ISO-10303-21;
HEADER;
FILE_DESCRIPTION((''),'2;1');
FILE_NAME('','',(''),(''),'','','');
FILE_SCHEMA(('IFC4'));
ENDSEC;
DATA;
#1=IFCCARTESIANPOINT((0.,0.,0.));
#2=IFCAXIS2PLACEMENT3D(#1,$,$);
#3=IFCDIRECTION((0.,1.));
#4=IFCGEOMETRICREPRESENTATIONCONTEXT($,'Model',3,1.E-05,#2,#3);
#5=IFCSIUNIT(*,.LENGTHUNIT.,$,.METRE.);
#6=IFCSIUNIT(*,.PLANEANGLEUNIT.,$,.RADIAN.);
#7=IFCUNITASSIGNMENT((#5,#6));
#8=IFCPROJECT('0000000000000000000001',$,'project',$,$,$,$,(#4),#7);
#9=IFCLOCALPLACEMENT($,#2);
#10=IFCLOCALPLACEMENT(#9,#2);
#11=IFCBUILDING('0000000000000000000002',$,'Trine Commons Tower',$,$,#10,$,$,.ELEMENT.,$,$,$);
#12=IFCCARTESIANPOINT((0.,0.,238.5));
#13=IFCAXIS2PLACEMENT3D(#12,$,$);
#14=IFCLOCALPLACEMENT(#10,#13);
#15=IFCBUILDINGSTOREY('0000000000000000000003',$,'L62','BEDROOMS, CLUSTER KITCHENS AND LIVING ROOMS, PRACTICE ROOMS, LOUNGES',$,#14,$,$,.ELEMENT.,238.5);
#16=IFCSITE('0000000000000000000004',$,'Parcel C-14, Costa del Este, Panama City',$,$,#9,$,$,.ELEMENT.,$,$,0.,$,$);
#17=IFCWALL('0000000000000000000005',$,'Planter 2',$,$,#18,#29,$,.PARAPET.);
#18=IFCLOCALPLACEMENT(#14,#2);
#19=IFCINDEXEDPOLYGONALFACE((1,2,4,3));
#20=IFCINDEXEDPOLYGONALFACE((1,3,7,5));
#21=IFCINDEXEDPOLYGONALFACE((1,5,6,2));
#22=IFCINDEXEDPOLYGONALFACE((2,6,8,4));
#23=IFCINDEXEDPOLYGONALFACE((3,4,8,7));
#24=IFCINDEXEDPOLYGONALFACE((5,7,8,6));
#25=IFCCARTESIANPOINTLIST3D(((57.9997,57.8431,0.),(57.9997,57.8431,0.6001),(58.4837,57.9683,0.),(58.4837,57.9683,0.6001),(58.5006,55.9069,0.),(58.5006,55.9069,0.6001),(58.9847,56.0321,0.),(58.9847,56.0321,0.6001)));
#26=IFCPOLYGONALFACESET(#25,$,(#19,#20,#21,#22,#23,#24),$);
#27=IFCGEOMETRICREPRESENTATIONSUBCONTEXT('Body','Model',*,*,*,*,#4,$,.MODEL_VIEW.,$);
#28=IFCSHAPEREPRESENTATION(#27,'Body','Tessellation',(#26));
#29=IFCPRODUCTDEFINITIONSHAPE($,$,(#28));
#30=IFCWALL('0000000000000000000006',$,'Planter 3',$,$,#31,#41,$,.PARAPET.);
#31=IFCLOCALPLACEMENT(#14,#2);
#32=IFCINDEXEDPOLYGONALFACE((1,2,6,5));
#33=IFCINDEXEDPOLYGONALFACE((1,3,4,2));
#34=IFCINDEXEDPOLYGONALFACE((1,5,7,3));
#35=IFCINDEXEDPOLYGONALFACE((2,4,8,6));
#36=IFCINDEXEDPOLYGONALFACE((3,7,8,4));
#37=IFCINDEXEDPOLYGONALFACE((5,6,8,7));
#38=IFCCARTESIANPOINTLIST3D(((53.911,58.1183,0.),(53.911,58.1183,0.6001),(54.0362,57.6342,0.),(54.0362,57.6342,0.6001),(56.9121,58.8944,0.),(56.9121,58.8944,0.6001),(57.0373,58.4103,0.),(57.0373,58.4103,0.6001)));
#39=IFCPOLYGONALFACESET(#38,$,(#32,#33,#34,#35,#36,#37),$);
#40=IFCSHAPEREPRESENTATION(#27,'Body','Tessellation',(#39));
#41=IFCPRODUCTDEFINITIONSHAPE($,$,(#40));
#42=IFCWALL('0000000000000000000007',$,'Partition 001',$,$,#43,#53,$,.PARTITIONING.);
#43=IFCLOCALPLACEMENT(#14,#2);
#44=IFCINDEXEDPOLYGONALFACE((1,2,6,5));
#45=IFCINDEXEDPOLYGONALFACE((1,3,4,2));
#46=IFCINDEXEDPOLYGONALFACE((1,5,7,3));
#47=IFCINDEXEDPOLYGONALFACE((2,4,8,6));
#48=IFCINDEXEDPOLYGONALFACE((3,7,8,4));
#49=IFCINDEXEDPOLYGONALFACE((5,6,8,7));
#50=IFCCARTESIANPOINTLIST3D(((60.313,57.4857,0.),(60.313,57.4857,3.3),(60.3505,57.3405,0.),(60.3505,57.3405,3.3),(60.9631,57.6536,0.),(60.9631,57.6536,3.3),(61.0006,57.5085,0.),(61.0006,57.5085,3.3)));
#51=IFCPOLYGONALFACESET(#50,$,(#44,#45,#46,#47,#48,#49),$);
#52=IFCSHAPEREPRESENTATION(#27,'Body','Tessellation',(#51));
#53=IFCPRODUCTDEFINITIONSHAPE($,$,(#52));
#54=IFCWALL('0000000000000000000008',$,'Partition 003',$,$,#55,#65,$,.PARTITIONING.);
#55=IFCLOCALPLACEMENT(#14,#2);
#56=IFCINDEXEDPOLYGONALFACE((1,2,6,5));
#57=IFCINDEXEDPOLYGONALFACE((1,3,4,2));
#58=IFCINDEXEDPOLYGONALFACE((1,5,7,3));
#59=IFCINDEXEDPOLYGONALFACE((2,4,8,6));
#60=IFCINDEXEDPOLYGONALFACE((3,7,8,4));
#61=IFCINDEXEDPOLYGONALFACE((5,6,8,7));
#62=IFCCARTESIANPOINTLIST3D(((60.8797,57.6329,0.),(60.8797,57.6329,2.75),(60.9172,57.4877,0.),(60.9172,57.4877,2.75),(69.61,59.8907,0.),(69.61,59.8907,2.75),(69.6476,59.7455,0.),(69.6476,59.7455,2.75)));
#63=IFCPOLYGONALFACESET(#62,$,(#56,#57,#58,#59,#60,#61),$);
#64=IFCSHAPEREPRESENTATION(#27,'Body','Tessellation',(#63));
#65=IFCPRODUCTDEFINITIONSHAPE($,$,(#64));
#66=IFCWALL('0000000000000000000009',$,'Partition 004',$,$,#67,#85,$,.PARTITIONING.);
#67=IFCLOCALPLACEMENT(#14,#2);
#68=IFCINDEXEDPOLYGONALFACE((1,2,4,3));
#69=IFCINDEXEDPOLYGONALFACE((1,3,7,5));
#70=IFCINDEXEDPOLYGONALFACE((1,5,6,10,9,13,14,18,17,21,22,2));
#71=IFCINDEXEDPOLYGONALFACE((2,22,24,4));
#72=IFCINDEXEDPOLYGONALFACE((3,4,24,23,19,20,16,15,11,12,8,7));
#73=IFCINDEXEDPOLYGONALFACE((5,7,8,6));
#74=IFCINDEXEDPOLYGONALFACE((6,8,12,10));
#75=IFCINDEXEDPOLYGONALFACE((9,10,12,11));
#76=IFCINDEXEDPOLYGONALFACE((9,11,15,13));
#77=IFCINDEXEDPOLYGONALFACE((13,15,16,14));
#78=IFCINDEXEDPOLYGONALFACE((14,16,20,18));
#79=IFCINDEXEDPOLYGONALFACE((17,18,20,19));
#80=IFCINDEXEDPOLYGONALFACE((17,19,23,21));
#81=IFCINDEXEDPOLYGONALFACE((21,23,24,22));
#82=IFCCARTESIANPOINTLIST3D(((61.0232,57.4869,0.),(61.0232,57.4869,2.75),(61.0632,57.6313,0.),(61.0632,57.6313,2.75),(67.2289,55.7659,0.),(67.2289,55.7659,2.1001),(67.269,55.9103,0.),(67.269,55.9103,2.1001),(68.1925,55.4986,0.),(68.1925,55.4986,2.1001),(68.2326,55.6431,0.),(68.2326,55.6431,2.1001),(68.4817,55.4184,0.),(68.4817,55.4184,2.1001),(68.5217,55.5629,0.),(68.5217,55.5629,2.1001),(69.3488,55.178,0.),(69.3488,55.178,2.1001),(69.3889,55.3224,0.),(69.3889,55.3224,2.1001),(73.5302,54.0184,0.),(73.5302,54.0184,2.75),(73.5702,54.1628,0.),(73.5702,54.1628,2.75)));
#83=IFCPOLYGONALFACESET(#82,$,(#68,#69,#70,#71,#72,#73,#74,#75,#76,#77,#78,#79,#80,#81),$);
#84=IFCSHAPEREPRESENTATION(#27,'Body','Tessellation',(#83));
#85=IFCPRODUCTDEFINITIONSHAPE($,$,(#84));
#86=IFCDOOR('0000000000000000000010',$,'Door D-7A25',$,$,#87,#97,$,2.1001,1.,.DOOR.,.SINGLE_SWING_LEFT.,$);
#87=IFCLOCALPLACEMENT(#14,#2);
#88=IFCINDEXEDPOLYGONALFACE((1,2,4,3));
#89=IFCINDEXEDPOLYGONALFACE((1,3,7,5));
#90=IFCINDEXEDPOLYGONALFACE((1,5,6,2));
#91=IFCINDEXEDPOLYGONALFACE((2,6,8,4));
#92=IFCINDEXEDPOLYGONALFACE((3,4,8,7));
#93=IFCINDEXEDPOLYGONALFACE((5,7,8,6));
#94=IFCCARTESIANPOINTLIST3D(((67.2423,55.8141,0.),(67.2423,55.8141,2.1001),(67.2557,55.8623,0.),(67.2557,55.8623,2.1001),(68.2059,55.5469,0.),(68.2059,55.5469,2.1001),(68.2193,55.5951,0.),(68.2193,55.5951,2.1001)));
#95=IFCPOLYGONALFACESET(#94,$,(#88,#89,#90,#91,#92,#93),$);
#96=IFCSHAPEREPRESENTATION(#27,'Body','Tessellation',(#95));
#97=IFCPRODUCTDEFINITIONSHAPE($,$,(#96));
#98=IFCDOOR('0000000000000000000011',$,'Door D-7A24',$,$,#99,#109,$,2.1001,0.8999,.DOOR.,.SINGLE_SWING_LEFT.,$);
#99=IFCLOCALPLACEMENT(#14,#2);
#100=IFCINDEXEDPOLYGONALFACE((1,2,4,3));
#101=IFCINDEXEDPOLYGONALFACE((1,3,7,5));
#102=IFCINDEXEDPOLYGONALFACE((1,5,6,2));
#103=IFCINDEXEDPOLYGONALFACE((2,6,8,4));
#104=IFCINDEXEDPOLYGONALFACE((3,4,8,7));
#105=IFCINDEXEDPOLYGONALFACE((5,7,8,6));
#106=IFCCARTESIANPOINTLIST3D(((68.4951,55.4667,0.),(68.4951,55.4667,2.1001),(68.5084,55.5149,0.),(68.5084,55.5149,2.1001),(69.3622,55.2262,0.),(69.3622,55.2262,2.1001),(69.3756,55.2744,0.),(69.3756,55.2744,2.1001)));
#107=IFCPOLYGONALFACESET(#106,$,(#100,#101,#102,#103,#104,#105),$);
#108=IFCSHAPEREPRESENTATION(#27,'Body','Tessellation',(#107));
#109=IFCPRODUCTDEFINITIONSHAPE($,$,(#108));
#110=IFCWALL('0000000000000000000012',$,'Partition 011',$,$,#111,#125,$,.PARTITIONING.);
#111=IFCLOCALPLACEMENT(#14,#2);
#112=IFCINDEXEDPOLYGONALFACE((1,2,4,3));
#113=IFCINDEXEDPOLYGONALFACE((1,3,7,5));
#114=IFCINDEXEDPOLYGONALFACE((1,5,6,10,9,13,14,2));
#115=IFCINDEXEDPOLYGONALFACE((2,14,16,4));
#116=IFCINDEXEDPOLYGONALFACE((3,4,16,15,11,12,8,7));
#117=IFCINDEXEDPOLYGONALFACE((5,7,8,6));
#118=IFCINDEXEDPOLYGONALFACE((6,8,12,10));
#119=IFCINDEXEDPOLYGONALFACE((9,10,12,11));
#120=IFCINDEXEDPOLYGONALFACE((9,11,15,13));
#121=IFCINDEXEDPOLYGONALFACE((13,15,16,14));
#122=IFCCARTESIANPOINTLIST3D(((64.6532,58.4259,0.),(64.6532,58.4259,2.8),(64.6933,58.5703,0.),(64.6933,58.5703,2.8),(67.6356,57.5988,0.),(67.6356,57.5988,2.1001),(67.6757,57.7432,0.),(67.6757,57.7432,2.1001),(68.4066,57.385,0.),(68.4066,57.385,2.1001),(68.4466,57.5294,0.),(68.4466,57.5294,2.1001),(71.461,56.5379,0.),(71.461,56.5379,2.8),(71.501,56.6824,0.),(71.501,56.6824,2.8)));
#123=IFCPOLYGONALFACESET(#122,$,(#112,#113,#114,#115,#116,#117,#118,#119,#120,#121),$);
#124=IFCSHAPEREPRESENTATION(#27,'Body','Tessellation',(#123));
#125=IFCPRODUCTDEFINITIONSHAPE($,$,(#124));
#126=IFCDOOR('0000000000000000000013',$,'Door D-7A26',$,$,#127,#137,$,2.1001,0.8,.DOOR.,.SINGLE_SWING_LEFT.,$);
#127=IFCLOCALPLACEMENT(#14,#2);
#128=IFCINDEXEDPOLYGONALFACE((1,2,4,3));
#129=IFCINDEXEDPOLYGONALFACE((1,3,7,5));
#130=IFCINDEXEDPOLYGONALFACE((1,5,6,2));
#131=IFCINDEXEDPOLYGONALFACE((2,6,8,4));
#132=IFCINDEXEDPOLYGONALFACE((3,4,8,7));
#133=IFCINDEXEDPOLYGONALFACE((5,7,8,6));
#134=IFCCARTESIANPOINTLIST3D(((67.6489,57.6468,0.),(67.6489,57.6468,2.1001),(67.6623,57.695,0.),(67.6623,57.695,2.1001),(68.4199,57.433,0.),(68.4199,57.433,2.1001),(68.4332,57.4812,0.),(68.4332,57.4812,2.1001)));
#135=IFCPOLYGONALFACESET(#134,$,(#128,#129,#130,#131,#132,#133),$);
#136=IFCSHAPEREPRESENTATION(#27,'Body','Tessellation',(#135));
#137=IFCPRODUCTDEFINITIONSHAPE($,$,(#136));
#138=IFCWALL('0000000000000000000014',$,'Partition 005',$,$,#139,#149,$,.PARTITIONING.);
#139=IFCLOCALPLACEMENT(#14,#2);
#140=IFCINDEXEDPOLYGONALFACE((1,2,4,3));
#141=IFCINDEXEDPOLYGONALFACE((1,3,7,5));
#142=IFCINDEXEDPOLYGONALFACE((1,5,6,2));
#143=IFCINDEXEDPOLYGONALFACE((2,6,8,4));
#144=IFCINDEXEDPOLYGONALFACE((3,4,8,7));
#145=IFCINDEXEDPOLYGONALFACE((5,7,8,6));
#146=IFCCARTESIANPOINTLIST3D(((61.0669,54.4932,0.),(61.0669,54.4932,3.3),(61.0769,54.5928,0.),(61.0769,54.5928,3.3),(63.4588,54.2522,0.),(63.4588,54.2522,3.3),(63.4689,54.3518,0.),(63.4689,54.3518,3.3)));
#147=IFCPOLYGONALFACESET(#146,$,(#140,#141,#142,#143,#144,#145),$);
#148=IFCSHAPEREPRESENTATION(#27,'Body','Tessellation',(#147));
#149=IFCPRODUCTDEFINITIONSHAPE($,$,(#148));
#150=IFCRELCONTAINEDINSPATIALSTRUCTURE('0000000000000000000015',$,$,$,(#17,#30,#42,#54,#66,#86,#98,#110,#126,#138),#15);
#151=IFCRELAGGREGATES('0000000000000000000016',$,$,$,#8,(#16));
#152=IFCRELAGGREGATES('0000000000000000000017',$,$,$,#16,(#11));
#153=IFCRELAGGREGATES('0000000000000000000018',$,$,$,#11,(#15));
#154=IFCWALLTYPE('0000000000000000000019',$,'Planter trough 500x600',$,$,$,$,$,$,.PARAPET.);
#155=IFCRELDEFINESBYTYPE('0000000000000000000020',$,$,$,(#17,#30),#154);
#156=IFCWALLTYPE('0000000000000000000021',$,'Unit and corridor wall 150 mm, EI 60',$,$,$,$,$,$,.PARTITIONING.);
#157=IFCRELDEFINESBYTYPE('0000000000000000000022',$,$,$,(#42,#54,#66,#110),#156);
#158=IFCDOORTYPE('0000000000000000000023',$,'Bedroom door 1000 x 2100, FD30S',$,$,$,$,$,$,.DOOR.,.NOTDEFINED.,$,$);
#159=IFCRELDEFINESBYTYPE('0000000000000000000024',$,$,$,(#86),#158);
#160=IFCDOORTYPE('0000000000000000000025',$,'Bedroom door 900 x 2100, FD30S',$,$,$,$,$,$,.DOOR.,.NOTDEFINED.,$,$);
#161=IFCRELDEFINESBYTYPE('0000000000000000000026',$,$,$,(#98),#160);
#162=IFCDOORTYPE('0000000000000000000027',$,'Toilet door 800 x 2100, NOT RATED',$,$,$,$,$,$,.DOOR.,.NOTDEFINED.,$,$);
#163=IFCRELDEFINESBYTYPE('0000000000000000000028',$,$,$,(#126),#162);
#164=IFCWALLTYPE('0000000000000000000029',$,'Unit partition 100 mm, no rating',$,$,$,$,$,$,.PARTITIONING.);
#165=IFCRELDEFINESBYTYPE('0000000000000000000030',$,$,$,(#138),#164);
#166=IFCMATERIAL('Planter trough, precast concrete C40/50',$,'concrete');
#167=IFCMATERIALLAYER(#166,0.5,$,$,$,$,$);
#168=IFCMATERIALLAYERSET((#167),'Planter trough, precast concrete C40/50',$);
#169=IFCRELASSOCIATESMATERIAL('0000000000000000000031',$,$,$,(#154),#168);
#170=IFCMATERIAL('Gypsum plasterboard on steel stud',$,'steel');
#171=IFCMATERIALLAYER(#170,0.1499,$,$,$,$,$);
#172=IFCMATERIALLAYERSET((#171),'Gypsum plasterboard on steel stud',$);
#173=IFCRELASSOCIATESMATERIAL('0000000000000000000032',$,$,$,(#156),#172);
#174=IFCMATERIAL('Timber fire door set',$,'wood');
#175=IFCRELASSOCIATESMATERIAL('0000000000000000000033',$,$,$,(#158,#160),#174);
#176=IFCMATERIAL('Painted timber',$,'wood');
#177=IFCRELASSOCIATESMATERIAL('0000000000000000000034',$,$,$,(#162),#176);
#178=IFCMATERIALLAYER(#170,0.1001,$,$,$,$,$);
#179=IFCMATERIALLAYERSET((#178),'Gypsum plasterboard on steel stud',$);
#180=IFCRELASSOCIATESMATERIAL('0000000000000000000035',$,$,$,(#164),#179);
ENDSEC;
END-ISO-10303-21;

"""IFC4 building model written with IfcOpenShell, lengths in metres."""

from ifc_helpers import new_model, si_unit, direction, frame, frame_2d, origin, place, context, subcontext, project, spatial, rectangle, extrude, material, layer, layer_set, type_object, element, fill, save


model = new_model("IFC4")

# Units and contexts
model_context = context("Model", 3, precision=1e-05, world=origin(), true_north=direction((0.0, 1.0)))
body_context = subcontext(model_context, "Body", "Model", "MODEL_VIEW")
ifc_project = project(units=[si_unit("LENGTHUNIT", "METRE"), si_unit("PLANEANGLEUNIT", "RADIAN")], contexts=[model_context])

# Site, building, storey
site_placement = place(None, origin())
site = spatial("IfcSite", under=ifc_project, at=site_placement, Name="Parcel C-14, Costa del Este, Panama City", CompositionType="ELEMENT", RefElevation=0.0)
building_placement = place(site_placement, origin())
building = spatial("IfcBuilding", under=site, at=building_placement, Name="Trine Commons Tower", CompositionType="ELEMENT")
storey_placement = place(building_placement, frame((0.0, 0.0, 238.5)))
storey = spatial("IfcBuildingStorey", under=building, at=storey_placement, Name="L62", Description="BEDROOMS, CLUSTER KITCHENS AND LIVING ROOMS, PRACTICE ROOMS, LOUNGES", CompositionType="ELEMENT", Elevation=238.5)

# Walls
ifc_material_1 = material(Name="Planter trough, precast concrete C40/50", Category="concrete")
ifc_layer_1 = layer(ifc_material_1, 0.5)
ifc_layer_set_1 = layer_set([ifc_layer_1], Name="Planter trough, precast concrete C40/50")
wall_type_1 = type_object("IfcWallType", Name="Planter trough 500x600", PredefinedType="PARAPET", material=ifc_layer_set_1)
wall_1_placement = place(storey_placement, frame((58.7427, 55.9695, 0.0), z_axis=(0.0, 0.0, 1.0), x_axis=(-0.250483, 0.968121, 0.0)))
element("IfcWall", 1, at=wall_1_placement, inside=storey, type_object=wall_type_1, Name="Planter 2", PredefinedType="PARAPET", context=body_context, shape_type="SweptSolid", body=[
    extrude(rectangle(XDim=2.0, YDim=0.5, at=frame_2d((1.0, 0.0))), origin(), (0.0, 0.0, 1.0), 0.6001),
])
wall_2_placement = place(storey_placement, frame((56.9746, 58.6523, 0.0), z_axis=(0.0, 0.0, 1.0), x_axis=(-0.968151, -0.250366, 0.0)))
element("IfcWall", 2, at=wall_2_placement, inside=storey, type_object=wall_type_1, Name="Planter 3", PredefinedType="PARAPET", context=body_context, shape_type="SweptSolid", body=[
    extrude(rectangle(XDim=3.0999, YDim=0.5, at=frame_2d((1.5498, 0.0))), origin(), (0.0, 0.0, 1.0), 0.6001),
])
ifc_material_2 = material(Name="Gypsum plasterboard on steel stud", Category="steel")
ifc_layer_2 = layer(ifc_material_2, 0.1499)
ifc_layer_set_2 = layer_set([ifc_layer_2], Name="Gypsum plasterboard on steel stud")
wall_type_2 = type_object("IfcWallType", Name="Unit and corridor wall 150 mm, EI 60", PredefinedType="PARTITIONING", material=ifc_layer_set_2)
wall_3_placement = place(storey_placement, frame((60.3318, 57.4131, 0.0), z_axis=(0.0, 0.0, 1.0), x_axis=(0.968209, 0.250142, 0.0)))
element("IfcWall", 3, at=wall_3_placement, inside=storey, type_object=wall_type_2, Name="Partition 001", PredefinedType="PARTITIONING", context=body_context, shape_type="SweptSolid", body=[
    extrude(rectangle(XDim=0.6714, YDim=0.1499, at=frame_2d((0.3357, 0.0))), origin(), (0.0, 0.0, 1.0), 3.3),
])
wall_4_placement = place(storey_placement, frame((60.8984, 57.5603, 0.0), z_axis=(0.0, 0.0, 1.0), x_axis=(0.968149, 0.250376, 0.0)))
element("IfcWall", 4, at=wall_4_placement, inside=storey, type_object=wall_type_2, Name="Partition 003", PredefinedType="PARTITIONING", context=body_context, shape_type="SweptSolid", body=[
    extrude(rectangle(XDim=9.0176, YDim=0.1499, at=frame_2d((4.5088, 0.0))), origin(), (0.0, 0.0, 1.0), 2.75),
])

# Wall, openings, doors
wall_5_placement = place(storey_placement, frame((61.0432, 57.5591, 0.0), z_axis=(0.0, 0.0, 1.0), x_axis=(0.963631, -0.267237, 0.0)))
wall_5 = element("IfcWall", 5, at=wall_5_placement, inside=storey, type_object=wall_type_2, Name="Partition 004", PredefinedType="PARTITIONING", context=body_context, shape_type="SweptSolid", body=[
    extrude(rectangle(XDim=12.979, YDim=0.1499, at=frame_2d((6.4895, 0.0))), origin(), (0.0, 0.0, 1.0), 2.75),
])
opening_1_placement = place(wall_5_placement, frame((7.74, 0.0, 0.0)))
opening_1 = element("IfcOpeningElement", 6, at=opening_1_placement, cuts=wall_5, PredefinedType="OPENING", context=body_context, shape_type="SweptSolid", body=[
    extrude(rectangle(XDim=0.8999, YDim=2.1001, at=frame_2d((0.45, 1.05))), frame((0.0, 0.085, 0.0), z_axis=(0.0, -1.0, 0.0), x_axis=(1.0, 0.0, 0.0)), (0.0, 0.0, 1.0), 0.1699),
])
opening_2_placement = place(wall_5_placement, frame((6.4399, 0.0, 0.0)))
opening_2 = element("IfcOpeningElement", 7, at=opening_2_placement, cuts=wall_5, PredefinedType="OPENING", context=body_context, shape_type="SweptSolid", body=[
    extrude(rectangle(XDim=1.0, YDim=2.1001, at=frame_2d((0.5, 1.05))), frame((0.0, 0.085, 0.0), z_axis=(0.0, -1.0, 0.0), x_axis=(1.0, 0.0, 0.0)), (0.0, 0.0, 1.0), 0.1699),
])
ifc_material_3 = material(Name="Timber fire door set", Category="wood")
door_type_1 = type_object("IfcDoorType", Name="Bedroom door 1000 x 2100, FD30S", OperationType="NOTDEFINED", PredefinedType="DOOR", material=ifc_material_3)
door_1_placement = place(opening_2_placement, frame((1.0, 0.0, 0.0), z_axis=(0.0, 0.0, 1.0), x_axis=(-1.0, 0.0, 0.0)))
door_1 = element("IfcDoor", 8, at=door_1_placement, inside=storey, type_object=door_type_1, Name="Door D-7A25", OperationType="SINGLE_SWING_LEFT", OverallHeight=2.1001, OverallWidth=1.0, PredefinedType="DOOR", context=body_context, shape_type="SweptSolid", body=[
    extrude(rectangle(XDim=1.0, YDim=2.1001, at=frame_2d((0.5, 1.05))), frame((0.0, 0.0249, 0.0), z_axis=(0.0, -1.0, 0.0), x_axis=(1.0, 0.0, 0.0)), (0.0, 0.0, 1.0), 0.05),
])
fill(opening_2, door_1)
door_type_2 = type_object("IfcDoorType", Name="Bedroom door 900 x 2100, FD30S", OperationType="NOTDEFINED", PredefinedType="DOOR", material=ifc_material_3)
door_2_placement = place(opening_1_placement, frame((0.8999, 0.0, 0.0), z_axis=(0.0, 0.0, 1.0), x_axis=(-1.0, 0.0, 0.0)))
door_2 = element("IfcDoor", 9, at=door_2_placement, inside=storey, type_object=door_type_2, Name="Door D-7A24", OperationType="SINGLE_SWING_LEFT", OverallHeight=2.1001, OverallWidth=0.8999, PredefinedType="DOOR", context=body_context, shape_type="SweptSolid", body=[
    extrude(rectangle(XDim=0.8999, YDim=2.1001, at=frame_2d((0.45, 1.05))), frame((0.0, 0.0249, 0.0), z_axis=(0.0, -1.0, 0.0), x_axis=(1.0, 0.0, 0.0)), (0.0, 0.0, 1.0), 0.05),
])
fill(opening_1, door_2)

# Wall, opening, door
wall_6_placement = place(storey_placement, frame((64.6733, 58.498, 0.0), z_axis=(0.0, 0.0, 1.0), x_axis=(0.963632, -0.267232, 0.0)))
wall_6 = element("IfcWall", 10, at=wall_6_placement, inside=storey, type_object=wall_type_2, Name="Partition 011", PredefinedType="PARTITIONING", context=body_context, shape_type="SweptSolid", body=[
    extrude(rectangle(XDim=7.0647, YDim=0.1499, at=frame_2d((3.5322, 0.0))), origin(), (0.0, 0.0, 1.0), 2.8),
])
opening_3_placement = place(wall_6_placement, frame((3.095, 0.0, 0.0)))
opening_3 = element("IfcOpeningElement", 11, at=opening_3_placement, cuts=wall_6, PredefinedType="OPENING", context=body_context, shape_type="SweptSolid", body=[
    extrude(rectangle(XDim=0.8, YDim=2.1001, at=frame_2d((0.3999, 1.05))), frame((0.0, 0.085, 0.0), z_axis=(0.0, -1.0, 0.0), x_axis=(1.0, 0.0, 0.0)), (0.0, 0.0, 1.0), 0.1699),
])
ifc_material_4 = material(Name="Painted timber", Category="wood")
door_type_3 = type_object("IfcDoorType", Name="Toilet door 800 x 2100, NOT RATED", OperationType="NOTDEFINED", PredefinedType="DOOR", material=ifc_material_4)
door_3_placement = place(opening_3_placement, origin())
door_3 = element("IfcDoor", 12, at=door_3_placement, inside=storey, type_object=door_type_3, Name="Door D-7A26", OperationType="SINGLE_SWING_LEFT", OverallHeight=2.1001, OverallWidth=0.8, PredefinedType="DOOR", context=body_context, shape_type="SweptSolid", body=[
    extrude(rectangle(XDim=0.8, YDim=2.1001, at=frame_2d((0.3999, 1.05))), frame((0.0, 0.0249, 0.0), z_axis=(0.0, -1.0, 0.0), x_axis=(1.0, 0.0, 0.0)), (0.0, 0.0, 1.0), 0.05),
])
fill(opening_3, door_3)

# Wall
ifc_layer_3 = layer(ifc_material_2, 0.1001)
ifc_layer_set_3 = layer_set([ifc_layer_3], Name="Gypsum plasterboard on steel stud")
wall_type_3 = type_object("IfcWallType", Name="Unit partition 100 mm, no rating", PredefinedType="PARTITIONING", material=ifc_layer_set_3)
wall_7_placement = place(storey_placement, frame((61.0718, 54.543, 0.0), z_axis=(0.0, 0.0, 1.0), x_axis=(0.994964, -0.100238, 0.0)))
element("IfcWall", 13, at=wall_7_placement, inside=storey, type_object=wall_type_3, Name="Partition 005", PredefinedType="PARTITIONING", context=body_context, shape_type="SweptSolid", body=[
    extrude(rectangle(XDim=2.4041, YDim=0.1001, at=frame_2d((1.2021, 0.0))), origin(), (0.0, 0.0, 1.0), 3.3),
])

save(model, "model.ifc")
